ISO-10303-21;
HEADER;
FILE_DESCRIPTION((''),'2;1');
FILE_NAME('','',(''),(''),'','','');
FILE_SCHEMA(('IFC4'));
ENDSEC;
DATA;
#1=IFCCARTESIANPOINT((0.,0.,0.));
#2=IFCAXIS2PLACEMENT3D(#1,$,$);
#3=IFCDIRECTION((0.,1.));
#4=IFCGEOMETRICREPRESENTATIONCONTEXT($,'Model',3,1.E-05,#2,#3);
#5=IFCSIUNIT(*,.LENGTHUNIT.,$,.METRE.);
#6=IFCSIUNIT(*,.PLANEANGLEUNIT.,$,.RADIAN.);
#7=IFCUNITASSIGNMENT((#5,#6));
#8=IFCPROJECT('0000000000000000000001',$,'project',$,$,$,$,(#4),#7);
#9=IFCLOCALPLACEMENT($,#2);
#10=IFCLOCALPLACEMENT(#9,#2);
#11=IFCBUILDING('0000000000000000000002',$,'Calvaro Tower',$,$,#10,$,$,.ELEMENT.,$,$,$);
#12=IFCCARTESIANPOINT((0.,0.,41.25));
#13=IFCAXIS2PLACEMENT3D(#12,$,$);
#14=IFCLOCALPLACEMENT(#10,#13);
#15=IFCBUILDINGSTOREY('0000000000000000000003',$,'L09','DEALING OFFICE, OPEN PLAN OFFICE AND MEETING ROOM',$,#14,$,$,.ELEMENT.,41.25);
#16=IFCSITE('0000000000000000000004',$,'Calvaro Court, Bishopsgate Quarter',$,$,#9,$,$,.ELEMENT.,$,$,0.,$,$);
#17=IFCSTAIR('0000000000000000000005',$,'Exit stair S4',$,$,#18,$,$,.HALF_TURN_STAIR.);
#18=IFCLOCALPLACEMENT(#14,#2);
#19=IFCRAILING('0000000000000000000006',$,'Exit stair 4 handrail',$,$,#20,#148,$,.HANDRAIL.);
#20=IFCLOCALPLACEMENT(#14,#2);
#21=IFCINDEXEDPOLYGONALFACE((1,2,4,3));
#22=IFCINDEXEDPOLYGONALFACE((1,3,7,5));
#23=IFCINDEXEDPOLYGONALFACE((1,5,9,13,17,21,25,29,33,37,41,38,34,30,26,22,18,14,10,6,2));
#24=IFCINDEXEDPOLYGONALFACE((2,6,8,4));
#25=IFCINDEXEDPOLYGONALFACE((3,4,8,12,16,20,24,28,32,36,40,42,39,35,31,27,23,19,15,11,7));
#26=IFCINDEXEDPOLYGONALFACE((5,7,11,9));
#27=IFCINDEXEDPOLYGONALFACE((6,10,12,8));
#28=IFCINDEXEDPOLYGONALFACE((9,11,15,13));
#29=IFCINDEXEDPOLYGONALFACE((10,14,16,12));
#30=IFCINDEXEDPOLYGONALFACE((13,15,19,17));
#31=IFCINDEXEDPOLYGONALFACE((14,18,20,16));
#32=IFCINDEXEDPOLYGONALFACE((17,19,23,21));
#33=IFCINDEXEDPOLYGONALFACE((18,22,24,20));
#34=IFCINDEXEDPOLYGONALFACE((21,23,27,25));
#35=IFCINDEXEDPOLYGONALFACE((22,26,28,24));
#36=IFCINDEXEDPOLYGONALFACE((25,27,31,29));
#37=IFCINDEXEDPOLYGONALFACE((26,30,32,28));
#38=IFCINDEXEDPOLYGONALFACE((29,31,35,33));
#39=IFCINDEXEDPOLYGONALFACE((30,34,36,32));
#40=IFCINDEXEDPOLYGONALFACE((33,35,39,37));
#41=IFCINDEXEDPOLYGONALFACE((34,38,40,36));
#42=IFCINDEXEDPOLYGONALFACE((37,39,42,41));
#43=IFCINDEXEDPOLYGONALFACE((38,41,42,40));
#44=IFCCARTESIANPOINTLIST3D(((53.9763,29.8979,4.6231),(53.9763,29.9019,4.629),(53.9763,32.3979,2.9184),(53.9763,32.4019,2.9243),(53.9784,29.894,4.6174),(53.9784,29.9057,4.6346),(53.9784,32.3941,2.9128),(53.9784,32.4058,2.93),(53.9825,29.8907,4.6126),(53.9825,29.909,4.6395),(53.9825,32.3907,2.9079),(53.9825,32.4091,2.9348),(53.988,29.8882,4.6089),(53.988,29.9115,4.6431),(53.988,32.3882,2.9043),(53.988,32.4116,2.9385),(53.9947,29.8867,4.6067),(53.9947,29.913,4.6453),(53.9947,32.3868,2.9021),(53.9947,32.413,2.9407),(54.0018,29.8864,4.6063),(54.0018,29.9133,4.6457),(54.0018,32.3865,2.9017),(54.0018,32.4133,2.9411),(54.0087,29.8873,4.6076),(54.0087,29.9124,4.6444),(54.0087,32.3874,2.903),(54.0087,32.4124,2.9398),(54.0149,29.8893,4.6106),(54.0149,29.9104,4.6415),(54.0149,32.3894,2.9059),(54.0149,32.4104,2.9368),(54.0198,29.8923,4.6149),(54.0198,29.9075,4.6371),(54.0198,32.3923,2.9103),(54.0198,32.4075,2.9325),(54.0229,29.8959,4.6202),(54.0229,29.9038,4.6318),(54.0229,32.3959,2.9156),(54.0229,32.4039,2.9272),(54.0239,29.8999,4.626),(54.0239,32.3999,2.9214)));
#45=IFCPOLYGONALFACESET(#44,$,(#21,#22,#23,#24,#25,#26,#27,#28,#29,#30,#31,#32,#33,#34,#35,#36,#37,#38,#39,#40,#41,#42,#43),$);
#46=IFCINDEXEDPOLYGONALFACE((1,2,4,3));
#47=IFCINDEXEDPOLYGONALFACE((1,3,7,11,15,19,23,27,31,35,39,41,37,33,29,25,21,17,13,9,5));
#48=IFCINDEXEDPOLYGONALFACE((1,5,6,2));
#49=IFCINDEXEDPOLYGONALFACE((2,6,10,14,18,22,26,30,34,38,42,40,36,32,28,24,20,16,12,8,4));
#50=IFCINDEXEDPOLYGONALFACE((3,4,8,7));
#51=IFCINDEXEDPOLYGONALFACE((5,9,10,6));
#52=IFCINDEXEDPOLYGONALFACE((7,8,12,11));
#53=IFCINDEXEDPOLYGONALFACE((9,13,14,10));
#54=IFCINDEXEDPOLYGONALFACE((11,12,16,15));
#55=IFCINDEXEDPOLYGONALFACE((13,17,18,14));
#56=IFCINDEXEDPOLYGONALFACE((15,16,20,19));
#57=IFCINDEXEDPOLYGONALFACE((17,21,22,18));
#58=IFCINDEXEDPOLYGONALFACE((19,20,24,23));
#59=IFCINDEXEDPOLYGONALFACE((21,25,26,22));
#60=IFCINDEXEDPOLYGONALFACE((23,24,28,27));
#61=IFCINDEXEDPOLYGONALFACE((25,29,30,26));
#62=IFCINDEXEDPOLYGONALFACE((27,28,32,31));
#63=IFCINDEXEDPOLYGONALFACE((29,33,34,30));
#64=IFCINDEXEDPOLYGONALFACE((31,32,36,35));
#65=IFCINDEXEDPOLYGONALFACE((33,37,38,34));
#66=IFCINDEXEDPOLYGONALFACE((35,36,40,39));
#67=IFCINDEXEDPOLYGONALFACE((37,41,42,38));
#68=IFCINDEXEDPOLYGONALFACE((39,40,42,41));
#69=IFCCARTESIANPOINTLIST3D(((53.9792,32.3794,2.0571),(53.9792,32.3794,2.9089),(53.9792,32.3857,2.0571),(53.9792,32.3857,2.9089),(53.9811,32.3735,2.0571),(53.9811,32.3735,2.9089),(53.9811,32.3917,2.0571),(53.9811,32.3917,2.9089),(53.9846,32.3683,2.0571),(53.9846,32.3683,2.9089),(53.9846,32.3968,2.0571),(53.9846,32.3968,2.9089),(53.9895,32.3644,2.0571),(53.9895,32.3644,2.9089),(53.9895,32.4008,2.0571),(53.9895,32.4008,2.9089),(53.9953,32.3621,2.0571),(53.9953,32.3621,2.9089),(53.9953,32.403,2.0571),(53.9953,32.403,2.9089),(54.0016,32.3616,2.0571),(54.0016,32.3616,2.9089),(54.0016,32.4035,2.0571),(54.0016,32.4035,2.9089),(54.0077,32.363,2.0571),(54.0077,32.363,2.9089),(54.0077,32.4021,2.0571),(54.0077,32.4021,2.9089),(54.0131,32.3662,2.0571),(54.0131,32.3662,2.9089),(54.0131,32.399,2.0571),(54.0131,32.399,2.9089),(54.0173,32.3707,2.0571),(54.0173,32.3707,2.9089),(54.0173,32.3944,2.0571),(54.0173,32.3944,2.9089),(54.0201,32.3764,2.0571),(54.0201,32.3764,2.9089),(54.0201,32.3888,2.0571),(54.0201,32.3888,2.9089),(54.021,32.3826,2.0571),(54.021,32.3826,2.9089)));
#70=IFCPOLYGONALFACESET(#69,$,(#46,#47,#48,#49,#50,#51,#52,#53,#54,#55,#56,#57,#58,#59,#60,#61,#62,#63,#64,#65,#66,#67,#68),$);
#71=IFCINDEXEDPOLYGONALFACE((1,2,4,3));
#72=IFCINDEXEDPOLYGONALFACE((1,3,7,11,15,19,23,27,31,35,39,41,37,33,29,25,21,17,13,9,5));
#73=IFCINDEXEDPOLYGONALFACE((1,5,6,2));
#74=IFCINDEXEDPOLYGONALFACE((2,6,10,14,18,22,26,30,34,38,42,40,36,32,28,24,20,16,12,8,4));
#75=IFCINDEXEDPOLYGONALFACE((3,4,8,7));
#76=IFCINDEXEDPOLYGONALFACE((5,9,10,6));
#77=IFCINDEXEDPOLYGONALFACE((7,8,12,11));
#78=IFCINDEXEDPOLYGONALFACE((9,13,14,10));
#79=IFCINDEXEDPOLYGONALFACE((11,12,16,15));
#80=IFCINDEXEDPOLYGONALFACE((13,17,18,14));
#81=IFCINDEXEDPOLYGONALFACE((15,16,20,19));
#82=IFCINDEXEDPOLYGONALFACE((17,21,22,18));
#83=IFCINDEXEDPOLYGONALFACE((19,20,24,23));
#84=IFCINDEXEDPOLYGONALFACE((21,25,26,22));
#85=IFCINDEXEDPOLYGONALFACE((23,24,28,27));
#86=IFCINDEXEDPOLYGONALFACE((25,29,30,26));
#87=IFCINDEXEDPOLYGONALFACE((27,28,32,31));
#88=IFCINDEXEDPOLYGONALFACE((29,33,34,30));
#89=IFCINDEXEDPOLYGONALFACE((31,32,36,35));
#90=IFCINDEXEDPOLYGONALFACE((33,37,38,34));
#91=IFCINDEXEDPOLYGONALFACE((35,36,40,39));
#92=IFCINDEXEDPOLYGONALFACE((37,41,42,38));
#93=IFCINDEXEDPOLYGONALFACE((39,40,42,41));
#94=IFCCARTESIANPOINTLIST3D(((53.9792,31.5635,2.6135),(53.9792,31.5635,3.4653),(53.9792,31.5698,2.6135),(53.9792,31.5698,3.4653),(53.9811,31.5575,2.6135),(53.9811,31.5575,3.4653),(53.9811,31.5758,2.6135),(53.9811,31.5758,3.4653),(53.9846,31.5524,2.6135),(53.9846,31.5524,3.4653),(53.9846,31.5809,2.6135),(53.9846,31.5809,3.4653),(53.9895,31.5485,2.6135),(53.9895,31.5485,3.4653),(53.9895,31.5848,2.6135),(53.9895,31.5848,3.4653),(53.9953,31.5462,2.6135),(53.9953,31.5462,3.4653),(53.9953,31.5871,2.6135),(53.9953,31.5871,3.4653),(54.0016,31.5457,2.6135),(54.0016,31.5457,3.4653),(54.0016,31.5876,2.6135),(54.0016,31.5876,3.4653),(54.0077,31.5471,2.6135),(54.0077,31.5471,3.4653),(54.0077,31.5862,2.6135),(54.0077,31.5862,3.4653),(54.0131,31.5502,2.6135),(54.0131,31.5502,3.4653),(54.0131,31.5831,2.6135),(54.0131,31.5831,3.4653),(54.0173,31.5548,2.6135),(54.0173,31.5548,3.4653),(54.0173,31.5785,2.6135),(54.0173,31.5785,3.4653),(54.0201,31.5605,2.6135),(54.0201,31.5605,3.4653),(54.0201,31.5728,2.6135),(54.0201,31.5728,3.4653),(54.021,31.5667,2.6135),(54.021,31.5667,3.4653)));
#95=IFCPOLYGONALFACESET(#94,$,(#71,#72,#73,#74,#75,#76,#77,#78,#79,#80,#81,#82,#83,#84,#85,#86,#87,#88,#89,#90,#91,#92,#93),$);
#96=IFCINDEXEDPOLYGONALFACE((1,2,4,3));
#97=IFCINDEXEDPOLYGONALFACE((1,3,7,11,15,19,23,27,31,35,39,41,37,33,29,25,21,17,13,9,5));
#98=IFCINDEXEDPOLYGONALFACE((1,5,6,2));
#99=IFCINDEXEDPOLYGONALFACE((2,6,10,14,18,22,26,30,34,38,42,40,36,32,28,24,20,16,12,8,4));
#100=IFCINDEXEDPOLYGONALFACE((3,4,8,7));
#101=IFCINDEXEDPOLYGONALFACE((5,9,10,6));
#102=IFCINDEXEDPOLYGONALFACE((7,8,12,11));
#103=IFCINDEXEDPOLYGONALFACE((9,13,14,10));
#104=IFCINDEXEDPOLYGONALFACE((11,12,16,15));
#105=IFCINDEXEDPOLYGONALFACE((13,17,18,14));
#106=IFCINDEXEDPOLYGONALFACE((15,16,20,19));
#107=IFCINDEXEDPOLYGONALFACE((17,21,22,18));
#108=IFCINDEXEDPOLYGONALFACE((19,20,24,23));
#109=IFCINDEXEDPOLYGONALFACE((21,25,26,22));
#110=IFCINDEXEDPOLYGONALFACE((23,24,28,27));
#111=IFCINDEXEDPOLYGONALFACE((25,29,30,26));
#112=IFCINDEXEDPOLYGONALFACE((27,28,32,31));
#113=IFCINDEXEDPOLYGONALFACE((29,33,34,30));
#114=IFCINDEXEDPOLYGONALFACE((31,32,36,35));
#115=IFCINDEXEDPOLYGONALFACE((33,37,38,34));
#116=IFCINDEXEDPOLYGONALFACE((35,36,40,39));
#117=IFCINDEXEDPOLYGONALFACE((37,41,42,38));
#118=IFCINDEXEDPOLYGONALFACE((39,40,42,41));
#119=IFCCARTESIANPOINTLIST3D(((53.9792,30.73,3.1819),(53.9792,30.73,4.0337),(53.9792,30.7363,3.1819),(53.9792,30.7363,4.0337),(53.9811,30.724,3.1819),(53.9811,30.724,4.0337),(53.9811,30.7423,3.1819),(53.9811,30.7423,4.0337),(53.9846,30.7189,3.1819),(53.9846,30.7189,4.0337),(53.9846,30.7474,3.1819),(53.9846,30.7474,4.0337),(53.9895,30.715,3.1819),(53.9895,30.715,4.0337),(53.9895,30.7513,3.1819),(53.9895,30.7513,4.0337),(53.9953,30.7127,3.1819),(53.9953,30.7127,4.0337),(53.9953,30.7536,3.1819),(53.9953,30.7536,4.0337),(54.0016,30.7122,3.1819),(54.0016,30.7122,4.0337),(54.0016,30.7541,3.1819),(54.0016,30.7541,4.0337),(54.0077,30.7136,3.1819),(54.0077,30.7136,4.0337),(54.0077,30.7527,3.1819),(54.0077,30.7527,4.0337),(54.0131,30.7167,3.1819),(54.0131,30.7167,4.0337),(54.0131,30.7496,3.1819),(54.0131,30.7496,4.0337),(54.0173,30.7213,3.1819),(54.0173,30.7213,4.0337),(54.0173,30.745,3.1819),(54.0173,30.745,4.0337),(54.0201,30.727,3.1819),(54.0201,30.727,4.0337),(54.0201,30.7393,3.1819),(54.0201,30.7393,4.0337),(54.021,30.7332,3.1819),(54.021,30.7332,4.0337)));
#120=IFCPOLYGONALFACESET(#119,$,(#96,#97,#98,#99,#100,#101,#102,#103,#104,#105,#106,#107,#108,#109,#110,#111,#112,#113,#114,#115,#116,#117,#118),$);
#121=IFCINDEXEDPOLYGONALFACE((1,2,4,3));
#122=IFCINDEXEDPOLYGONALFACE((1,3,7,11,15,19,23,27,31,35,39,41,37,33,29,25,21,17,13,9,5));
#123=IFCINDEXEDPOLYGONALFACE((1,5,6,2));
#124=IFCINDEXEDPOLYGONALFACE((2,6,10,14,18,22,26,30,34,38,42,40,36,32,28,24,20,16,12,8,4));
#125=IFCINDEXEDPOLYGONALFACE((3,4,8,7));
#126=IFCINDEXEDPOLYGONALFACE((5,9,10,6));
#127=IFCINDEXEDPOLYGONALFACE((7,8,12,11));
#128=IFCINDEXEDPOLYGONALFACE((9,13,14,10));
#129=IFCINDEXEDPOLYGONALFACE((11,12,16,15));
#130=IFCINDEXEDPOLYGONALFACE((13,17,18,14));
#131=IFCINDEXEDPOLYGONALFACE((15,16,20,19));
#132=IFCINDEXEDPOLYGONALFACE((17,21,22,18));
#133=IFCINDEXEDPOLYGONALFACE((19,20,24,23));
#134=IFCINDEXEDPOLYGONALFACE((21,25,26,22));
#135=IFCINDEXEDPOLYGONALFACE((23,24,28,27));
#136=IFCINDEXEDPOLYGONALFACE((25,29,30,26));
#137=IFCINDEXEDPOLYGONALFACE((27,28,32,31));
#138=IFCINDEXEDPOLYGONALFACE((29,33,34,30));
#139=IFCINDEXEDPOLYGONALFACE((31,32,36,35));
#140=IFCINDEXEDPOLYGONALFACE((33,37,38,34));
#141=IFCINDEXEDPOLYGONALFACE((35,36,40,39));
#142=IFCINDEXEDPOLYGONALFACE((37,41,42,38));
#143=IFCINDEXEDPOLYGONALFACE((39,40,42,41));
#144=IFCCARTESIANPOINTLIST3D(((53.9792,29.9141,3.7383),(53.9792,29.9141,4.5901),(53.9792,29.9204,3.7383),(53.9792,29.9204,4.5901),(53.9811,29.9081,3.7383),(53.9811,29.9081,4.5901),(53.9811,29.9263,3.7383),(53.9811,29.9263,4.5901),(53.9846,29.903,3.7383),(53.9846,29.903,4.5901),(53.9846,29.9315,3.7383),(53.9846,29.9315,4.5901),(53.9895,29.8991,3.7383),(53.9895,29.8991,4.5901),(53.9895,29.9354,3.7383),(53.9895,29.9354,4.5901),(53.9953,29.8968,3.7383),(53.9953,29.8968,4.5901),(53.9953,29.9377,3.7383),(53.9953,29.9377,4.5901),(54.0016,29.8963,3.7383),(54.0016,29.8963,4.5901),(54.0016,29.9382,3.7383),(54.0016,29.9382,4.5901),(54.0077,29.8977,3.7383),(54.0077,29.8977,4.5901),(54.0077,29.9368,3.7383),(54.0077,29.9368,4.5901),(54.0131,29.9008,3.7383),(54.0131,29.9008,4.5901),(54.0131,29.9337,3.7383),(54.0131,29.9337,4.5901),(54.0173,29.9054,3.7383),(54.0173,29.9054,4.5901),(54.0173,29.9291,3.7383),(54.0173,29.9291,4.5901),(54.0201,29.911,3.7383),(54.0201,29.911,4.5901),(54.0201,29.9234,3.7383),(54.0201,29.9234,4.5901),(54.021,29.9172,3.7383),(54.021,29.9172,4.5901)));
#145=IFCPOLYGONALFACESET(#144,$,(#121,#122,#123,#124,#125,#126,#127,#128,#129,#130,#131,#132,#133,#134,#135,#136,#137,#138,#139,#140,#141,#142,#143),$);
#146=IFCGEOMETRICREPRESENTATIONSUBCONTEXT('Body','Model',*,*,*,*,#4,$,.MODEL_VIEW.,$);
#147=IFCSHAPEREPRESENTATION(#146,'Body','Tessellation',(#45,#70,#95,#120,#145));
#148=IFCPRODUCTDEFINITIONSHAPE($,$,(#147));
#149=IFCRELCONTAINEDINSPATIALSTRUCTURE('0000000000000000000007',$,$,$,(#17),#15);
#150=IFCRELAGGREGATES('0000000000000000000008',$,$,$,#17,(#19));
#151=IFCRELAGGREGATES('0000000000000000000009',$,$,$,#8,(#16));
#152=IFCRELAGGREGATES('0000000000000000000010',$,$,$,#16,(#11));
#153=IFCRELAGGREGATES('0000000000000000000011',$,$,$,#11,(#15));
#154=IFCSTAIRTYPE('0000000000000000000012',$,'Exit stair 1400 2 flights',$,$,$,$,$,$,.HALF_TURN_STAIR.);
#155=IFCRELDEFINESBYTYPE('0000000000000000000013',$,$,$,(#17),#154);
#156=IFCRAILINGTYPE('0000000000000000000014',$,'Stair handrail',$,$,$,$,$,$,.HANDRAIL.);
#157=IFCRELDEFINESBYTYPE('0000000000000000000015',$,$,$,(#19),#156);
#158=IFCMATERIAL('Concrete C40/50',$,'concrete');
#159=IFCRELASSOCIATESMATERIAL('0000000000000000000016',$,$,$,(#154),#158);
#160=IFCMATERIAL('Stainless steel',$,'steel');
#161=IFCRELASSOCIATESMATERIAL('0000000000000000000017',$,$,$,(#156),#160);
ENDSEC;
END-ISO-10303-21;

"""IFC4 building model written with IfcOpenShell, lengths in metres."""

from ifc_helpers import new_model, si_unit, direction, frame, origin, origin_2d, place, context, subcontext, project, spatial, circle, extrude, material, type_object, element, aggregate, save


model = new_model("IFC4")

# Units and contexts
model_context = context("Model", 3, precision=1e-05, world=origin(), true_north=direction((0.0, 1.0)))
body_context = subcontext(model_context, "Body", "Model", "MODEL_VIEW")
ifc_project = project(units=[si_unit("LENGTHUNIT", "METRE"), si_unit("PLANEANGLEUNIT", "RADIAN")], contexts=[model_context])

# Site, building, storey
site_placement = place(None, origin())
site = spatial("IfcSite", under=ifc_project, at=site_placement, Name="Calvaro Court, Bishopsgate Quarter", CompositionType="ELEMENT", RefElevation=0.0)
building_placement = place(site_placement, origin())
building = spatial("IfcBuilding", under=site, at=building_placement, Name="Calvaro Tower", CompositionType="ELEMENT")
storey_placement = place(building_placement, frame((0.0, 0.0, 41.25)))
storey = spatial("IfcBuildingStorey", under=building, at=storey_placement, Name="L09", Description="DEALING OFFICE, OPEN PLAN OFFICE AND MEETING ROOM", CompositionType="ELEMENT", Elevation=41.25)

# Shared definitions
ifc_material_1 = material(Name="Concrete C40/50", Category="concrete")
stair_type = type_object("IfcStairType", Name="Exit stair 1400 2 flights", PredefinedType="HALF_TURN_STAIR", material=ifc_material_1)

# Stair, railing
stair_1_placement = place(storey_placement, origin())
stair_1 = element("IfcStair", 1, at=stair_1_placement, inside=storey, type_object=stair_type, Name="Exit stair S4", PredefinedType="HALF_TURN_STAIR")
ifc_material_2 = material(Name="Stainless steel", Category="steel")
railing_type = type_object("IfcRailingType", Name="Stair handrail", PredefinedType="HANDRAIL", material=ifc_material_2)
railing_1_placement = place(storey_placement, frame((54.0, 32.3999, 2.0454)))
railing_1 = element("IfcRailing", 2, at=railing_1_placement, type_object=railing_type, Name="Exit stair 4 handrail", PredefinedType="HANDRAIL", context=body_context, shape_type="SweptSolid", body=[
    extrude(circle(Radius=0.0239, at=origin_2d()), frame((0.0, 0.0, 0.876), z_axis=(0.0, -0.826221, 0.563347), x_axis=(1.0, 0.0, 0.0)), (0.0, 0.0, 1.0), 3.0259),
    extrude(circle(Radius=0.021, at=origin_2d()), frame((0.0, -0.0173, 0.0117)), (0.0, 0.0, 1.0), 0.8518),
    extrude(circle(Radius=0.021, at=origin_2d()), frame((0.0, -0.8333, 0.5681)), (0.0, 0.0, 1.0), 0.8518),
    extrude(circle(Radius=0.021, at=origin_2d()), frame((0.0, -1.6667, 1.1365)), (0.0, 0.0, 1.0), 0.8518),
    extrude(circle(Radius=0.021, at=origin_2d()), frame((0.0, -2.4827, 1.6929)), (0.0, 0.0, 1.0), 0.8518),
])
aggregate(stair_1, [railing_1])

save(model, "model.ifc")
